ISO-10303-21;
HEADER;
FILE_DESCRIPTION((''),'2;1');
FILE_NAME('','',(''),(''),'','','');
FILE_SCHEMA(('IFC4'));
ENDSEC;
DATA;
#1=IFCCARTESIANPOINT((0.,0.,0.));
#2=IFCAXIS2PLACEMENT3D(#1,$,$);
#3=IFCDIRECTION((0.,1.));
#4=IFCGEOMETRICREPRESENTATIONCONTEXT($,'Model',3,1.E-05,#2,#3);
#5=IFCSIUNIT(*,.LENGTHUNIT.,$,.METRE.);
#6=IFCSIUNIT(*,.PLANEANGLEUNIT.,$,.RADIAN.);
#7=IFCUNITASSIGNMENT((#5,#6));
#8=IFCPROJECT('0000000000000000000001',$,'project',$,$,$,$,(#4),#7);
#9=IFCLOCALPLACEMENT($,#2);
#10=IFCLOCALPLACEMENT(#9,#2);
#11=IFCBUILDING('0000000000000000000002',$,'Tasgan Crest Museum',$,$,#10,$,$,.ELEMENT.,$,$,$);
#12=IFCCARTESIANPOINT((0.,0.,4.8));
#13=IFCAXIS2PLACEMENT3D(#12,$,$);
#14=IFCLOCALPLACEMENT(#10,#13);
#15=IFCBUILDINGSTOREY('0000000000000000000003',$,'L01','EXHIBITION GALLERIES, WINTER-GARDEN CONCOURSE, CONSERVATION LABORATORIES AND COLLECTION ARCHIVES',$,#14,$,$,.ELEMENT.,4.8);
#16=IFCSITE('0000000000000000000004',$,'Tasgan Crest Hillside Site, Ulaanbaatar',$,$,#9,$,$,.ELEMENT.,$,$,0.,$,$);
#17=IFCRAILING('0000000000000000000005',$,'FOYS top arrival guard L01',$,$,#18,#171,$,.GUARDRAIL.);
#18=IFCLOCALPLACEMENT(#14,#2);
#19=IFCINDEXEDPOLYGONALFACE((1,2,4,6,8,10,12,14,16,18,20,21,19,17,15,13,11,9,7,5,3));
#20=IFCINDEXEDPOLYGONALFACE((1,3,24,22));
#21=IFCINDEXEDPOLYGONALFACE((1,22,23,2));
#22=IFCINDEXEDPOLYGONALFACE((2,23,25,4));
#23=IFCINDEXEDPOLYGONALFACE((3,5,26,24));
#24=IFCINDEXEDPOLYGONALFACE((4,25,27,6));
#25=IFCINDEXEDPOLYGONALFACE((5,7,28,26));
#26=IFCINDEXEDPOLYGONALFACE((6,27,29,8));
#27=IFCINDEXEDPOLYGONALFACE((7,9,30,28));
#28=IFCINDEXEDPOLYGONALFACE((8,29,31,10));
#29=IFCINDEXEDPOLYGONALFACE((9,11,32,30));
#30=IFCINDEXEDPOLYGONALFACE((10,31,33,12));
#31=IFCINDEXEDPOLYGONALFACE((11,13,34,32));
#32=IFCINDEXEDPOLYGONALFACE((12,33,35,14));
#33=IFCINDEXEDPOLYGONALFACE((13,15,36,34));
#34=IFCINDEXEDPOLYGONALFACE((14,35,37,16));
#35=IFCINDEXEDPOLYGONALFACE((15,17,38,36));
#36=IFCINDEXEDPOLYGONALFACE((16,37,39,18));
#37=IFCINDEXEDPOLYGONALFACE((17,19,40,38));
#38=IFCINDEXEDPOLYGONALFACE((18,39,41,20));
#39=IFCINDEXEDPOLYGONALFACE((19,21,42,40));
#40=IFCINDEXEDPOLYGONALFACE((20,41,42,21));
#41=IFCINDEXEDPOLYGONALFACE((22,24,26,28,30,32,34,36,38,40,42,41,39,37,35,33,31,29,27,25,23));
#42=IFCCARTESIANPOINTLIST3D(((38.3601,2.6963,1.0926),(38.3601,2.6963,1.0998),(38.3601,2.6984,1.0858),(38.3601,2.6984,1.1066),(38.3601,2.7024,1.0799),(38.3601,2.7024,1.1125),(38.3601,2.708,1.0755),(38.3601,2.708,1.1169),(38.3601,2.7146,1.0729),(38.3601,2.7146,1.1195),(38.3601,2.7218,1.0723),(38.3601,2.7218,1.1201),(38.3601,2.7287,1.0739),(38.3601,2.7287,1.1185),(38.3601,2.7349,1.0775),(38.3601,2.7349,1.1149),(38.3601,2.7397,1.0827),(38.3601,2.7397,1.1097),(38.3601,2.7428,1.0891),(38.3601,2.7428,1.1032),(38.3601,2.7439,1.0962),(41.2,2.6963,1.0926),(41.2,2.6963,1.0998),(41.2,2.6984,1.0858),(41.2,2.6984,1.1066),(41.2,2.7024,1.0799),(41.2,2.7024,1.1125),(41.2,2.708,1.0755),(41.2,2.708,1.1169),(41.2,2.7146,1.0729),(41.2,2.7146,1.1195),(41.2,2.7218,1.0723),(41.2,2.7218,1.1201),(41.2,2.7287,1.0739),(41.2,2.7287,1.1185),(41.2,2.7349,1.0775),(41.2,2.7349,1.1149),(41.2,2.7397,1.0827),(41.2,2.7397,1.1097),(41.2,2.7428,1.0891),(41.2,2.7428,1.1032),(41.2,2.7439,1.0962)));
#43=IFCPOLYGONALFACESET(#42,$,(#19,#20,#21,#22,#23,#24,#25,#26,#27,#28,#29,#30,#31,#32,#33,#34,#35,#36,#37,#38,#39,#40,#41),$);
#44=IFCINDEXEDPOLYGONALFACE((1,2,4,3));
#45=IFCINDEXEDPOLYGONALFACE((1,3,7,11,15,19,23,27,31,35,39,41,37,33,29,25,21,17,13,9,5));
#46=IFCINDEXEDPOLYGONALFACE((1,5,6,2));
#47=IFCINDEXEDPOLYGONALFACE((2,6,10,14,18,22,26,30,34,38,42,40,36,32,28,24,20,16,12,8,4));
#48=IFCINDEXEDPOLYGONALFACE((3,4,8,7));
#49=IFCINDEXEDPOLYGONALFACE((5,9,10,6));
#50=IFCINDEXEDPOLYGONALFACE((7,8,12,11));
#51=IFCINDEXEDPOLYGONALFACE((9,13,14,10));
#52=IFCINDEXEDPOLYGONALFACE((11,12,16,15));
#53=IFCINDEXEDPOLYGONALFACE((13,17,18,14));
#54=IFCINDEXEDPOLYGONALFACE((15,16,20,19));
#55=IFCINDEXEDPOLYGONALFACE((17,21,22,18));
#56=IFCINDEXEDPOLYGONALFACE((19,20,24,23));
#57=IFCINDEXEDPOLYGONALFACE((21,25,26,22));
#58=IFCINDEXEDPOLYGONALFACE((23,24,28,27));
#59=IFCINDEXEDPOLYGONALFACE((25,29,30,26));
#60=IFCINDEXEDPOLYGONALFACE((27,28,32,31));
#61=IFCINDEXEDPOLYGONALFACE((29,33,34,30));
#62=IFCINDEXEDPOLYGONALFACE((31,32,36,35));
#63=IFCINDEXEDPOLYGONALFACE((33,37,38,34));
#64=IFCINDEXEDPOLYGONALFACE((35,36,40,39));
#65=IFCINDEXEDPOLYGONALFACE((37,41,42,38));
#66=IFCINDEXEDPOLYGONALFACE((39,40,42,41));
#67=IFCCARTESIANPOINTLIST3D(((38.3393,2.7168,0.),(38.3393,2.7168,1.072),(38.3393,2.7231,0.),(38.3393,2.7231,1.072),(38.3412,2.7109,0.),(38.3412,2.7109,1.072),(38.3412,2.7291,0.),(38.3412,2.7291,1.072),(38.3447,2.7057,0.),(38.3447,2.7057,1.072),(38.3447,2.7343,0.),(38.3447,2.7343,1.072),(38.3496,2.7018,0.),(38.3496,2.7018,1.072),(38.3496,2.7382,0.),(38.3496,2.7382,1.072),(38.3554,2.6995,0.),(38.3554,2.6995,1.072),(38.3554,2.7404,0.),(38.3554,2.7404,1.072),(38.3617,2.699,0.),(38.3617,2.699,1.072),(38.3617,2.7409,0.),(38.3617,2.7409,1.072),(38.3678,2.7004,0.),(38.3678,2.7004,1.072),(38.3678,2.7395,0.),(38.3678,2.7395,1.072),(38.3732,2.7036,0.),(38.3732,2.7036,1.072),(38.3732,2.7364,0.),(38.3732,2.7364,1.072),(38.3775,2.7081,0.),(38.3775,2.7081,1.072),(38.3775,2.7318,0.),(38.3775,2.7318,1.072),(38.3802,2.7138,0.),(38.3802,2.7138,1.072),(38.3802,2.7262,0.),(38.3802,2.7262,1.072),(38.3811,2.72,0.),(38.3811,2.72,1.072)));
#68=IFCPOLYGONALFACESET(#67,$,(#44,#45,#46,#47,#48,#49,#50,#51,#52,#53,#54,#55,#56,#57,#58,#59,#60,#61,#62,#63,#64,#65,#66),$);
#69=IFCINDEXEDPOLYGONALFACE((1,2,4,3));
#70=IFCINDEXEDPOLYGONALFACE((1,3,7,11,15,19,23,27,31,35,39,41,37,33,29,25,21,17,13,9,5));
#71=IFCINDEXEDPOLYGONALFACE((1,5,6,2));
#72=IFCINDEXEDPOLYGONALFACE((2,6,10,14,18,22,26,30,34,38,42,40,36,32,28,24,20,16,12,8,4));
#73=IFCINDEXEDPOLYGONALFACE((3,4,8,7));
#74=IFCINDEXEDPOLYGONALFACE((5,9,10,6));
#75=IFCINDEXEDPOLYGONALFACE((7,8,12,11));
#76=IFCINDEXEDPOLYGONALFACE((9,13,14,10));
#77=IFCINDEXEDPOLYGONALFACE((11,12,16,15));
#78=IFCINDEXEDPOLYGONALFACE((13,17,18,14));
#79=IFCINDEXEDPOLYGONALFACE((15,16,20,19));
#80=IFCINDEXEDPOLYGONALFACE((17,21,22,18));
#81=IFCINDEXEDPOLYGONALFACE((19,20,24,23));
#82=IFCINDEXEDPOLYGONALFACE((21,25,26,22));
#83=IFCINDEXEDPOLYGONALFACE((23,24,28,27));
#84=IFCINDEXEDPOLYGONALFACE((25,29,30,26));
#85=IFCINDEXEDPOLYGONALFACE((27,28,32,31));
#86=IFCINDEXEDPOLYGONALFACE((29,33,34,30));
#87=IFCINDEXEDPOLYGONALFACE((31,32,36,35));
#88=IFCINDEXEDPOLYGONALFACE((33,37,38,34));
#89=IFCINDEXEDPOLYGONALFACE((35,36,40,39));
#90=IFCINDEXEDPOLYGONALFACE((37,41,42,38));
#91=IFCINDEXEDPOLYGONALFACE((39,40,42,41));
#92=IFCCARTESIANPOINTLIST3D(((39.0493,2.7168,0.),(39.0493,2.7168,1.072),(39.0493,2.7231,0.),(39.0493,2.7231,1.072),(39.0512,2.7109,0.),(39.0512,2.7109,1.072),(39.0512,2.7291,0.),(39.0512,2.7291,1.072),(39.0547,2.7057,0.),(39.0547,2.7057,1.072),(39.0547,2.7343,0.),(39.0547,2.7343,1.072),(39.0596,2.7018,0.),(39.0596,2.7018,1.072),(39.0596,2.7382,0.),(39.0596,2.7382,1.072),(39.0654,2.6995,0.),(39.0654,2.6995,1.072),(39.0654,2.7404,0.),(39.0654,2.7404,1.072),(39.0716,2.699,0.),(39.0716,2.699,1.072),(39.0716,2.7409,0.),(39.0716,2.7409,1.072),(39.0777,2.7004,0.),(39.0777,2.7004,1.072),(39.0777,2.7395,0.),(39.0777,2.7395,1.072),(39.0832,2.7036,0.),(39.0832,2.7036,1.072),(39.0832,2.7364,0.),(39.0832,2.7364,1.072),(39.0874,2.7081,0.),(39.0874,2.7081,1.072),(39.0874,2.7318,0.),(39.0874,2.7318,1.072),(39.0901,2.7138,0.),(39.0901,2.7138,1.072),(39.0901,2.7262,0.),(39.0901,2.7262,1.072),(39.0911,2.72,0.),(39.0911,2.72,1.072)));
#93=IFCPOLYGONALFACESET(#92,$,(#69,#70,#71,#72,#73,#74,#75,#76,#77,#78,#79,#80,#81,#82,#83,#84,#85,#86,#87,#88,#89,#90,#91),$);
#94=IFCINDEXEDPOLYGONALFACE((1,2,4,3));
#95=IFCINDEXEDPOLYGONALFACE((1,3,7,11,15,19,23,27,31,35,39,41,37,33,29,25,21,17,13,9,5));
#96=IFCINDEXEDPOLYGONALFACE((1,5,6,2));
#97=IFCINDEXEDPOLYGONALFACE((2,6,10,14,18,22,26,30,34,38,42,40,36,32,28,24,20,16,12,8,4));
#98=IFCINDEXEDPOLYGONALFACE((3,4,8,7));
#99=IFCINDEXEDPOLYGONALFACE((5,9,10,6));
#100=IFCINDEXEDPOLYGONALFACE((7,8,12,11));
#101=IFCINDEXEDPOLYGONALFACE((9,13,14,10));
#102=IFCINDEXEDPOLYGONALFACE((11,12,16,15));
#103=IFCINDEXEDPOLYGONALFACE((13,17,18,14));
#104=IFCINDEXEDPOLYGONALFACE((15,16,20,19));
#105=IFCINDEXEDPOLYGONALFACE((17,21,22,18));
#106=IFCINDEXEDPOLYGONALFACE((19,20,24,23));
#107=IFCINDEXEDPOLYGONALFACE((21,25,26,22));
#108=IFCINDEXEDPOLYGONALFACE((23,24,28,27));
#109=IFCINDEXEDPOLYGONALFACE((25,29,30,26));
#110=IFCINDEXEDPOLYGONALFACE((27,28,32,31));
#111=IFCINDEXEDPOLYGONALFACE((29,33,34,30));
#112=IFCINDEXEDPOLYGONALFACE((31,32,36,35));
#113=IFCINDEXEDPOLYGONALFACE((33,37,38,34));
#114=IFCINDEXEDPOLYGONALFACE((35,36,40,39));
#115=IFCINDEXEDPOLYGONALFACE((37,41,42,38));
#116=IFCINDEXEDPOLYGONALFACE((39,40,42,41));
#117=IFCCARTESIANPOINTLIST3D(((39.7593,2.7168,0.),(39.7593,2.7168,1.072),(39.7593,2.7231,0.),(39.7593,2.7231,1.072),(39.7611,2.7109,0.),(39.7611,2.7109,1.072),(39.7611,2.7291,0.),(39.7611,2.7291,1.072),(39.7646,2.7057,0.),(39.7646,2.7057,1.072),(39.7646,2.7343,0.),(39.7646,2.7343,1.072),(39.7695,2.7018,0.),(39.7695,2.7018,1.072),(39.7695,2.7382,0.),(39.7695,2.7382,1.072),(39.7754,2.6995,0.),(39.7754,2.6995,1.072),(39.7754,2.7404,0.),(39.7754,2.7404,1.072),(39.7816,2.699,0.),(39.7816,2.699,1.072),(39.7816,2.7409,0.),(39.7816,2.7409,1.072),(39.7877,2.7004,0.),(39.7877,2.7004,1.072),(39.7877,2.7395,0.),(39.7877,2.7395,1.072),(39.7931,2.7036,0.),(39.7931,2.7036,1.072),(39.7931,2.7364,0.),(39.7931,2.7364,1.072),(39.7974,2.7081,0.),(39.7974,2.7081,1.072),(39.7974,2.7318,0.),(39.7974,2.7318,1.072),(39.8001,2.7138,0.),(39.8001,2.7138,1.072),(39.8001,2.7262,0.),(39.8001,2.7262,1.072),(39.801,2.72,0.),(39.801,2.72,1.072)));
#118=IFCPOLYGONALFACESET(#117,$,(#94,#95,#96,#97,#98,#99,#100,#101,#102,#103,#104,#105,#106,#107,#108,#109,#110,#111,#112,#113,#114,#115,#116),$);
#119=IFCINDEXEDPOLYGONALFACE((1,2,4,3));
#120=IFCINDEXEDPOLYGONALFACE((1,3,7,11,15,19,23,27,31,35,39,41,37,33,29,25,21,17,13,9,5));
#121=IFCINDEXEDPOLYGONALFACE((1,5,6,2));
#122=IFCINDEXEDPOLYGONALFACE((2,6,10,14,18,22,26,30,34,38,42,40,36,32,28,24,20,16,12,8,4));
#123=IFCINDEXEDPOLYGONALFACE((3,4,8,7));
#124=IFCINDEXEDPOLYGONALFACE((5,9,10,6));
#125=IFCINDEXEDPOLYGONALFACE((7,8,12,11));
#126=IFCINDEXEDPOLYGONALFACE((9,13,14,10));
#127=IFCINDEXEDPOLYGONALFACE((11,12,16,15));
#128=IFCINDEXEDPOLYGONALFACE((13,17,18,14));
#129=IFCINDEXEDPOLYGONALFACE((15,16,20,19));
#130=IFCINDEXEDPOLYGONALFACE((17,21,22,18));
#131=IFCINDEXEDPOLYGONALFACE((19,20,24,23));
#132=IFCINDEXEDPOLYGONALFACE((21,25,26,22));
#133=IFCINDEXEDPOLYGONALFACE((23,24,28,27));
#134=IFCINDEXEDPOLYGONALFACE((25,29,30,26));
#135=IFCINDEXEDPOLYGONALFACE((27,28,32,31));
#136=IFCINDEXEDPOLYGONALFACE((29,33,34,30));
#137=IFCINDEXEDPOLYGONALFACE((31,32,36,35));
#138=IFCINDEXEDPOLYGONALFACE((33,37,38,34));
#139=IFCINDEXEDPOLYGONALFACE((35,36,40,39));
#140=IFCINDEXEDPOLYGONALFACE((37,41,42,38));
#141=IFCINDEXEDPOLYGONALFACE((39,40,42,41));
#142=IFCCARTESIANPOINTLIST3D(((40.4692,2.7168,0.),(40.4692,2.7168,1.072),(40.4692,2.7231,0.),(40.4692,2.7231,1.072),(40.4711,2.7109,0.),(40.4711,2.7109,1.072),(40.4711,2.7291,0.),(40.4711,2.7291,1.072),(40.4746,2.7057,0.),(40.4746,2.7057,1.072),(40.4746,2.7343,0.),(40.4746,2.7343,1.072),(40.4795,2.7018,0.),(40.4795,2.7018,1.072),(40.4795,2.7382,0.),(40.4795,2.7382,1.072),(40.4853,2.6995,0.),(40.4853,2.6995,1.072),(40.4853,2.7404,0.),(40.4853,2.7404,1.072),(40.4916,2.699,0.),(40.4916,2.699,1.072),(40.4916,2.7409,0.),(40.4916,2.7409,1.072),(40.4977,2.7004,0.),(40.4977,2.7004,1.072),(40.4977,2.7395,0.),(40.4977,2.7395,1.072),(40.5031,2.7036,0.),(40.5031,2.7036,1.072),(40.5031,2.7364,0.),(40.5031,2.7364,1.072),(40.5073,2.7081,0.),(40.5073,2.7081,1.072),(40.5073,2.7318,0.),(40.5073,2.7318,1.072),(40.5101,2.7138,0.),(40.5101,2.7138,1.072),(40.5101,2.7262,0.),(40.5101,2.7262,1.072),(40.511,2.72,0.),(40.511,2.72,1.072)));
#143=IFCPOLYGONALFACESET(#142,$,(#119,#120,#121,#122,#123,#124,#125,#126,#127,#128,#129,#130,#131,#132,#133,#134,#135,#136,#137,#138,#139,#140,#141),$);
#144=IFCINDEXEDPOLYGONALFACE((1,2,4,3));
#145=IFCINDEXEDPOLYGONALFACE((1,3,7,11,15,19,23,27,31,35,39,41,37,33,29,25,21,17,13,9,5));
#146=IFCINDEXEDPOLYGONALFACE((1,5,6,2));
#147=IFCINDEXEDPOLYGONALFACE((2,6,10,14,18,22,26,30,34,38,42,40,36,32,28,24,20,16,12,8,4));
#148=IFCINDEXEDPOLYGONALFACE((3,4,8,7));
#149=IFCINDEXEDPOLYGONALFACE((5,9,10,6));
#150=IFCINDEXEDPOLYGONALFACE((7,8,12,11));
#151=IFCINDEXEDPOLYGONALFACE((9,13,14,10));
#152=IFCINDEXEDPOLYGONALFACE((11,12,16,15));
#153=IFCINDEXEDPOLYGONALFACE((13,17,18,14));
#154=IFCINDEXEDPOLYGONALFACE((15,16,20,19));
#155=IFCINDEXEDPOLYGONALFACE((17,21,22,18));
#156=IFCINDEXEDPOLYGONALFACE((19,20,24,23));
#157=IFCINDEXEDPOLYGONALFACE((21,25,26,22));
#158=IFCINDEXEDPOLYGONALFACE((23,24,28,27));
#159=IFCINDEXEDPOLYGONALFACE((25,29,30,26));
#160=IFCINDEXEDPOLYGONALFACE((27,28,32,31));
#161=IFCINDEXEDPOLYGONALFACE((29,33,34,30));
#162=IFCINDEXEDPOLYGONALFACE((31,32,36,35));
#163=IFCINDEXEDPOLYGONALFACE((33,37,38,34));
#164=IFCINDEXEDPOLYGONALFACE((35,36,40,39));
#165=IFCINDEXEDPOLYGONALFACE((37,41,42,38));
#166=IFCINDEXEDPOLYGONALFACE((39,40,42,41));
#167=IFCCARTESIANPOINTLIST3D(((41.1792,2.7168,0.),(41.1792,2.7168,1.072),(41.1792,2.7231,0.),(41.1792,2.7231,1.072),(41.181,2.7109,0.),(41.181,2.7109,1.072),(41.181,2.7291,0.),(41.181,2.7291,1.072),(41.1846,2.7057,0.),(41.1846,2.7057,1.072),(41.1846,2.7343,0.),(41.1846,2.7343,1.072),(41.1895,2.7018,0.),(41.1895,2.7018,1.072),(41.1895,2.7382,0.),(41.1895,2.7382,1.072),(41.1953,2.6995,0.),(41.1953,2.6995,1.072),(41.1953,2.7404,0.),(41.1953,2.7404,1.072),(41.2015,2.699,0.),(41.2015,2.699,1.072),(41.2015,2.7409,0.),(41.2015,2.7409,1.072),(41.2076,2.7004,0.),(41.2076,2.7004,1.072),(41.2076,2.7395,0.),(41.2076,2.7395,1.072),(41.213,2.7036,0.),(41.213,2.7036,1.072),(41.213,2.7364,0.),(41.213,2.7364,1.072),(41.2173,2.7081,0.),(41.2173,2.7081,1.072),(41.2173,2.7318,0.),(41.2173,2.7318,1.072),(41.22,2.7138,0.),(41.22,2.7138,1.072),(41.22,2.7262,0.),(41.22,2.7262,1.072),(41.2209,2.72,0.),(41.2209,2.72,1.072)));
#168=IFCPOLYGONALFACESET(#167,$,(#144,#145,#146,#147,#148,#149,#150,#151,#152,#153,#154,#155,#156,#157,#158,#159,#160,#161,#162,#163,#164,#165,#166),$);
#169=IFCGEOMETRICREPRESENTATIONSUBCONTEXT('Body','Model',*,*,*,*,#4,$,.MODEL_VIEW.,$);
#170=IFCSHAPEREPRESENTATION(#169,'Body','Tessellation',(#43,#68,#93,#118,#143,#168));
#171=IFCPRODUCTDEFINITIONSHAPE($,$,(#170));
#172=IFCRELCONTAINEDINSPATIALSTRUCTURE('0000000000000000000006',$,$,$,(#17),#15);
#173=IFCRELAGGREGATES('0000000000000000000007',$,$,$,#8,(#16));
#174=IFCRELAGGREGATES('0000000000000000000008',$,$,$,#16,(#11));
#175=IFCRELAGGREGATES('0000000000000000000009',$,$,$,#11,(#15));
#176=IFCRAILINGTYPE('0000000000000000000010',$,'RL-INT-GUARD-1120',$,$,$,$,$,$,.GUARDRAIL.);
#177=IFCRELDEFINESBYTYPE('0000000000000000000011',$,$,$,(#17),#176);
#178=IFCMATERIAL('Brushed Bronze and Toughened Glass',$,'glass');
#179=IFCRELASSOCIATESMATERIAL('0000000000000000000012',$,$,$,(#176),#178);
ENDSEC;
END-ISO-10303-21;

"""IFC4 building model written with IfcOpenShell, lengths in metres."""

from ifc_helpers import new_model, si_unit, direction, frame, origin, origin_2d, place, context, subcontext, project, spatial, circle, extrude, material, type_object, element, save


model = new_model("IFC4")

# Units and contexts
model_context = context("Model", 3, precision=1e-05, world=origin(), true_north=direction((0.0, 1.0)))
body_context = subcontext(model_context, "Body", "Model", "MODEL_VIEW")
ifc_project = project(units=[si_unit("LENGTHUNIT", "METRE"), si_unit("PLANEANGLEUNIT", "RADIAN")], contexts=[model_context])

# Site, building, storey
site_placement = place(None, origin())
site = spatial("IfcSite", under=ifc_project, at=site_placement, Name="Tasgan Crest Hillside Site, Ulaanbaatar", CompositionType="ELEMENT", RefElevation=0.0)
building_placement = place(site_placement, origin())
building = spatial("IfcBuilding", under=site, at=building_placement, Name="Tasgan Crest Museum", CompositionType="ELEMENT")
storey_placement = place(building_placement, frame((0.0, 0.0, 4.8)))
storey = spatial("IfcBuildingStorey", under=building, at=storey_placement, Name="L01", Description="EXHIBITION GALLERIES, WINTER-GARDEN CONCOURSE, CONSERVATION LABORATORIES AND COLLECTION ARCHIVES", CompositionType="ELEMENT", Elevation=4.8)

# Railing
ifc_material_1 = material(Name="Brushed Bronze and Toughened Glass", Category="glass")
railing_type = type_object("IfcRailingType", Name="RL-INT-GUARD-1120", PredefinedType="GUARDRAIL", material=ifc_material_1)
railing_placement = place(storey_placement, frame((38.3601, 2.72, 0.0)))
element("IfcRailing", 1, at=railing_placement, inside=storey, type_object=railing_type, Name="FOYS top arrival guard L01", PredefinedType="GUARDRAIL", context=body_context, shape_type="SweptSolid", body=[
    extrude(circle(Radius=0.0239, at=origin_2d()), frame((0.0, 0.0, 1.0962), z_axis=(1.0, 0.0, 0.0), x_axis=(0.0, 1.0, 0.0)), (0.0, 0.0, 1.0), 2.8398),
    extrude(circle(Radius=0.021, at=origin_2d()), origin(), (0.0, 0.0, 1.0), 1.072),
    extrude(circle(Radius=0.021, at=origin_2d()), frame((0.71, 0.0, 0.0)), (0.0, 0.0, 1.0), 1.072),
    extrude(circle(Radius=0.021, at=origin_2d()), frame((1.4199, 0.0, 0.0)), (0.0, 0.0, 1.0), 1.072),
    extrude(circle(Radius=0.021, at=origin_2d()), frame((2.1299, 0.0, 0.0)), (0.0, 0.0, 1.0), 1.072),
    extrude(circle(Radius=0.021, at=origin_2d()), frame((2.8398, 0.0, 0.0)), (0.0, 0.0, 1.0), 1.072),
])

save(model, "model.ifc")
